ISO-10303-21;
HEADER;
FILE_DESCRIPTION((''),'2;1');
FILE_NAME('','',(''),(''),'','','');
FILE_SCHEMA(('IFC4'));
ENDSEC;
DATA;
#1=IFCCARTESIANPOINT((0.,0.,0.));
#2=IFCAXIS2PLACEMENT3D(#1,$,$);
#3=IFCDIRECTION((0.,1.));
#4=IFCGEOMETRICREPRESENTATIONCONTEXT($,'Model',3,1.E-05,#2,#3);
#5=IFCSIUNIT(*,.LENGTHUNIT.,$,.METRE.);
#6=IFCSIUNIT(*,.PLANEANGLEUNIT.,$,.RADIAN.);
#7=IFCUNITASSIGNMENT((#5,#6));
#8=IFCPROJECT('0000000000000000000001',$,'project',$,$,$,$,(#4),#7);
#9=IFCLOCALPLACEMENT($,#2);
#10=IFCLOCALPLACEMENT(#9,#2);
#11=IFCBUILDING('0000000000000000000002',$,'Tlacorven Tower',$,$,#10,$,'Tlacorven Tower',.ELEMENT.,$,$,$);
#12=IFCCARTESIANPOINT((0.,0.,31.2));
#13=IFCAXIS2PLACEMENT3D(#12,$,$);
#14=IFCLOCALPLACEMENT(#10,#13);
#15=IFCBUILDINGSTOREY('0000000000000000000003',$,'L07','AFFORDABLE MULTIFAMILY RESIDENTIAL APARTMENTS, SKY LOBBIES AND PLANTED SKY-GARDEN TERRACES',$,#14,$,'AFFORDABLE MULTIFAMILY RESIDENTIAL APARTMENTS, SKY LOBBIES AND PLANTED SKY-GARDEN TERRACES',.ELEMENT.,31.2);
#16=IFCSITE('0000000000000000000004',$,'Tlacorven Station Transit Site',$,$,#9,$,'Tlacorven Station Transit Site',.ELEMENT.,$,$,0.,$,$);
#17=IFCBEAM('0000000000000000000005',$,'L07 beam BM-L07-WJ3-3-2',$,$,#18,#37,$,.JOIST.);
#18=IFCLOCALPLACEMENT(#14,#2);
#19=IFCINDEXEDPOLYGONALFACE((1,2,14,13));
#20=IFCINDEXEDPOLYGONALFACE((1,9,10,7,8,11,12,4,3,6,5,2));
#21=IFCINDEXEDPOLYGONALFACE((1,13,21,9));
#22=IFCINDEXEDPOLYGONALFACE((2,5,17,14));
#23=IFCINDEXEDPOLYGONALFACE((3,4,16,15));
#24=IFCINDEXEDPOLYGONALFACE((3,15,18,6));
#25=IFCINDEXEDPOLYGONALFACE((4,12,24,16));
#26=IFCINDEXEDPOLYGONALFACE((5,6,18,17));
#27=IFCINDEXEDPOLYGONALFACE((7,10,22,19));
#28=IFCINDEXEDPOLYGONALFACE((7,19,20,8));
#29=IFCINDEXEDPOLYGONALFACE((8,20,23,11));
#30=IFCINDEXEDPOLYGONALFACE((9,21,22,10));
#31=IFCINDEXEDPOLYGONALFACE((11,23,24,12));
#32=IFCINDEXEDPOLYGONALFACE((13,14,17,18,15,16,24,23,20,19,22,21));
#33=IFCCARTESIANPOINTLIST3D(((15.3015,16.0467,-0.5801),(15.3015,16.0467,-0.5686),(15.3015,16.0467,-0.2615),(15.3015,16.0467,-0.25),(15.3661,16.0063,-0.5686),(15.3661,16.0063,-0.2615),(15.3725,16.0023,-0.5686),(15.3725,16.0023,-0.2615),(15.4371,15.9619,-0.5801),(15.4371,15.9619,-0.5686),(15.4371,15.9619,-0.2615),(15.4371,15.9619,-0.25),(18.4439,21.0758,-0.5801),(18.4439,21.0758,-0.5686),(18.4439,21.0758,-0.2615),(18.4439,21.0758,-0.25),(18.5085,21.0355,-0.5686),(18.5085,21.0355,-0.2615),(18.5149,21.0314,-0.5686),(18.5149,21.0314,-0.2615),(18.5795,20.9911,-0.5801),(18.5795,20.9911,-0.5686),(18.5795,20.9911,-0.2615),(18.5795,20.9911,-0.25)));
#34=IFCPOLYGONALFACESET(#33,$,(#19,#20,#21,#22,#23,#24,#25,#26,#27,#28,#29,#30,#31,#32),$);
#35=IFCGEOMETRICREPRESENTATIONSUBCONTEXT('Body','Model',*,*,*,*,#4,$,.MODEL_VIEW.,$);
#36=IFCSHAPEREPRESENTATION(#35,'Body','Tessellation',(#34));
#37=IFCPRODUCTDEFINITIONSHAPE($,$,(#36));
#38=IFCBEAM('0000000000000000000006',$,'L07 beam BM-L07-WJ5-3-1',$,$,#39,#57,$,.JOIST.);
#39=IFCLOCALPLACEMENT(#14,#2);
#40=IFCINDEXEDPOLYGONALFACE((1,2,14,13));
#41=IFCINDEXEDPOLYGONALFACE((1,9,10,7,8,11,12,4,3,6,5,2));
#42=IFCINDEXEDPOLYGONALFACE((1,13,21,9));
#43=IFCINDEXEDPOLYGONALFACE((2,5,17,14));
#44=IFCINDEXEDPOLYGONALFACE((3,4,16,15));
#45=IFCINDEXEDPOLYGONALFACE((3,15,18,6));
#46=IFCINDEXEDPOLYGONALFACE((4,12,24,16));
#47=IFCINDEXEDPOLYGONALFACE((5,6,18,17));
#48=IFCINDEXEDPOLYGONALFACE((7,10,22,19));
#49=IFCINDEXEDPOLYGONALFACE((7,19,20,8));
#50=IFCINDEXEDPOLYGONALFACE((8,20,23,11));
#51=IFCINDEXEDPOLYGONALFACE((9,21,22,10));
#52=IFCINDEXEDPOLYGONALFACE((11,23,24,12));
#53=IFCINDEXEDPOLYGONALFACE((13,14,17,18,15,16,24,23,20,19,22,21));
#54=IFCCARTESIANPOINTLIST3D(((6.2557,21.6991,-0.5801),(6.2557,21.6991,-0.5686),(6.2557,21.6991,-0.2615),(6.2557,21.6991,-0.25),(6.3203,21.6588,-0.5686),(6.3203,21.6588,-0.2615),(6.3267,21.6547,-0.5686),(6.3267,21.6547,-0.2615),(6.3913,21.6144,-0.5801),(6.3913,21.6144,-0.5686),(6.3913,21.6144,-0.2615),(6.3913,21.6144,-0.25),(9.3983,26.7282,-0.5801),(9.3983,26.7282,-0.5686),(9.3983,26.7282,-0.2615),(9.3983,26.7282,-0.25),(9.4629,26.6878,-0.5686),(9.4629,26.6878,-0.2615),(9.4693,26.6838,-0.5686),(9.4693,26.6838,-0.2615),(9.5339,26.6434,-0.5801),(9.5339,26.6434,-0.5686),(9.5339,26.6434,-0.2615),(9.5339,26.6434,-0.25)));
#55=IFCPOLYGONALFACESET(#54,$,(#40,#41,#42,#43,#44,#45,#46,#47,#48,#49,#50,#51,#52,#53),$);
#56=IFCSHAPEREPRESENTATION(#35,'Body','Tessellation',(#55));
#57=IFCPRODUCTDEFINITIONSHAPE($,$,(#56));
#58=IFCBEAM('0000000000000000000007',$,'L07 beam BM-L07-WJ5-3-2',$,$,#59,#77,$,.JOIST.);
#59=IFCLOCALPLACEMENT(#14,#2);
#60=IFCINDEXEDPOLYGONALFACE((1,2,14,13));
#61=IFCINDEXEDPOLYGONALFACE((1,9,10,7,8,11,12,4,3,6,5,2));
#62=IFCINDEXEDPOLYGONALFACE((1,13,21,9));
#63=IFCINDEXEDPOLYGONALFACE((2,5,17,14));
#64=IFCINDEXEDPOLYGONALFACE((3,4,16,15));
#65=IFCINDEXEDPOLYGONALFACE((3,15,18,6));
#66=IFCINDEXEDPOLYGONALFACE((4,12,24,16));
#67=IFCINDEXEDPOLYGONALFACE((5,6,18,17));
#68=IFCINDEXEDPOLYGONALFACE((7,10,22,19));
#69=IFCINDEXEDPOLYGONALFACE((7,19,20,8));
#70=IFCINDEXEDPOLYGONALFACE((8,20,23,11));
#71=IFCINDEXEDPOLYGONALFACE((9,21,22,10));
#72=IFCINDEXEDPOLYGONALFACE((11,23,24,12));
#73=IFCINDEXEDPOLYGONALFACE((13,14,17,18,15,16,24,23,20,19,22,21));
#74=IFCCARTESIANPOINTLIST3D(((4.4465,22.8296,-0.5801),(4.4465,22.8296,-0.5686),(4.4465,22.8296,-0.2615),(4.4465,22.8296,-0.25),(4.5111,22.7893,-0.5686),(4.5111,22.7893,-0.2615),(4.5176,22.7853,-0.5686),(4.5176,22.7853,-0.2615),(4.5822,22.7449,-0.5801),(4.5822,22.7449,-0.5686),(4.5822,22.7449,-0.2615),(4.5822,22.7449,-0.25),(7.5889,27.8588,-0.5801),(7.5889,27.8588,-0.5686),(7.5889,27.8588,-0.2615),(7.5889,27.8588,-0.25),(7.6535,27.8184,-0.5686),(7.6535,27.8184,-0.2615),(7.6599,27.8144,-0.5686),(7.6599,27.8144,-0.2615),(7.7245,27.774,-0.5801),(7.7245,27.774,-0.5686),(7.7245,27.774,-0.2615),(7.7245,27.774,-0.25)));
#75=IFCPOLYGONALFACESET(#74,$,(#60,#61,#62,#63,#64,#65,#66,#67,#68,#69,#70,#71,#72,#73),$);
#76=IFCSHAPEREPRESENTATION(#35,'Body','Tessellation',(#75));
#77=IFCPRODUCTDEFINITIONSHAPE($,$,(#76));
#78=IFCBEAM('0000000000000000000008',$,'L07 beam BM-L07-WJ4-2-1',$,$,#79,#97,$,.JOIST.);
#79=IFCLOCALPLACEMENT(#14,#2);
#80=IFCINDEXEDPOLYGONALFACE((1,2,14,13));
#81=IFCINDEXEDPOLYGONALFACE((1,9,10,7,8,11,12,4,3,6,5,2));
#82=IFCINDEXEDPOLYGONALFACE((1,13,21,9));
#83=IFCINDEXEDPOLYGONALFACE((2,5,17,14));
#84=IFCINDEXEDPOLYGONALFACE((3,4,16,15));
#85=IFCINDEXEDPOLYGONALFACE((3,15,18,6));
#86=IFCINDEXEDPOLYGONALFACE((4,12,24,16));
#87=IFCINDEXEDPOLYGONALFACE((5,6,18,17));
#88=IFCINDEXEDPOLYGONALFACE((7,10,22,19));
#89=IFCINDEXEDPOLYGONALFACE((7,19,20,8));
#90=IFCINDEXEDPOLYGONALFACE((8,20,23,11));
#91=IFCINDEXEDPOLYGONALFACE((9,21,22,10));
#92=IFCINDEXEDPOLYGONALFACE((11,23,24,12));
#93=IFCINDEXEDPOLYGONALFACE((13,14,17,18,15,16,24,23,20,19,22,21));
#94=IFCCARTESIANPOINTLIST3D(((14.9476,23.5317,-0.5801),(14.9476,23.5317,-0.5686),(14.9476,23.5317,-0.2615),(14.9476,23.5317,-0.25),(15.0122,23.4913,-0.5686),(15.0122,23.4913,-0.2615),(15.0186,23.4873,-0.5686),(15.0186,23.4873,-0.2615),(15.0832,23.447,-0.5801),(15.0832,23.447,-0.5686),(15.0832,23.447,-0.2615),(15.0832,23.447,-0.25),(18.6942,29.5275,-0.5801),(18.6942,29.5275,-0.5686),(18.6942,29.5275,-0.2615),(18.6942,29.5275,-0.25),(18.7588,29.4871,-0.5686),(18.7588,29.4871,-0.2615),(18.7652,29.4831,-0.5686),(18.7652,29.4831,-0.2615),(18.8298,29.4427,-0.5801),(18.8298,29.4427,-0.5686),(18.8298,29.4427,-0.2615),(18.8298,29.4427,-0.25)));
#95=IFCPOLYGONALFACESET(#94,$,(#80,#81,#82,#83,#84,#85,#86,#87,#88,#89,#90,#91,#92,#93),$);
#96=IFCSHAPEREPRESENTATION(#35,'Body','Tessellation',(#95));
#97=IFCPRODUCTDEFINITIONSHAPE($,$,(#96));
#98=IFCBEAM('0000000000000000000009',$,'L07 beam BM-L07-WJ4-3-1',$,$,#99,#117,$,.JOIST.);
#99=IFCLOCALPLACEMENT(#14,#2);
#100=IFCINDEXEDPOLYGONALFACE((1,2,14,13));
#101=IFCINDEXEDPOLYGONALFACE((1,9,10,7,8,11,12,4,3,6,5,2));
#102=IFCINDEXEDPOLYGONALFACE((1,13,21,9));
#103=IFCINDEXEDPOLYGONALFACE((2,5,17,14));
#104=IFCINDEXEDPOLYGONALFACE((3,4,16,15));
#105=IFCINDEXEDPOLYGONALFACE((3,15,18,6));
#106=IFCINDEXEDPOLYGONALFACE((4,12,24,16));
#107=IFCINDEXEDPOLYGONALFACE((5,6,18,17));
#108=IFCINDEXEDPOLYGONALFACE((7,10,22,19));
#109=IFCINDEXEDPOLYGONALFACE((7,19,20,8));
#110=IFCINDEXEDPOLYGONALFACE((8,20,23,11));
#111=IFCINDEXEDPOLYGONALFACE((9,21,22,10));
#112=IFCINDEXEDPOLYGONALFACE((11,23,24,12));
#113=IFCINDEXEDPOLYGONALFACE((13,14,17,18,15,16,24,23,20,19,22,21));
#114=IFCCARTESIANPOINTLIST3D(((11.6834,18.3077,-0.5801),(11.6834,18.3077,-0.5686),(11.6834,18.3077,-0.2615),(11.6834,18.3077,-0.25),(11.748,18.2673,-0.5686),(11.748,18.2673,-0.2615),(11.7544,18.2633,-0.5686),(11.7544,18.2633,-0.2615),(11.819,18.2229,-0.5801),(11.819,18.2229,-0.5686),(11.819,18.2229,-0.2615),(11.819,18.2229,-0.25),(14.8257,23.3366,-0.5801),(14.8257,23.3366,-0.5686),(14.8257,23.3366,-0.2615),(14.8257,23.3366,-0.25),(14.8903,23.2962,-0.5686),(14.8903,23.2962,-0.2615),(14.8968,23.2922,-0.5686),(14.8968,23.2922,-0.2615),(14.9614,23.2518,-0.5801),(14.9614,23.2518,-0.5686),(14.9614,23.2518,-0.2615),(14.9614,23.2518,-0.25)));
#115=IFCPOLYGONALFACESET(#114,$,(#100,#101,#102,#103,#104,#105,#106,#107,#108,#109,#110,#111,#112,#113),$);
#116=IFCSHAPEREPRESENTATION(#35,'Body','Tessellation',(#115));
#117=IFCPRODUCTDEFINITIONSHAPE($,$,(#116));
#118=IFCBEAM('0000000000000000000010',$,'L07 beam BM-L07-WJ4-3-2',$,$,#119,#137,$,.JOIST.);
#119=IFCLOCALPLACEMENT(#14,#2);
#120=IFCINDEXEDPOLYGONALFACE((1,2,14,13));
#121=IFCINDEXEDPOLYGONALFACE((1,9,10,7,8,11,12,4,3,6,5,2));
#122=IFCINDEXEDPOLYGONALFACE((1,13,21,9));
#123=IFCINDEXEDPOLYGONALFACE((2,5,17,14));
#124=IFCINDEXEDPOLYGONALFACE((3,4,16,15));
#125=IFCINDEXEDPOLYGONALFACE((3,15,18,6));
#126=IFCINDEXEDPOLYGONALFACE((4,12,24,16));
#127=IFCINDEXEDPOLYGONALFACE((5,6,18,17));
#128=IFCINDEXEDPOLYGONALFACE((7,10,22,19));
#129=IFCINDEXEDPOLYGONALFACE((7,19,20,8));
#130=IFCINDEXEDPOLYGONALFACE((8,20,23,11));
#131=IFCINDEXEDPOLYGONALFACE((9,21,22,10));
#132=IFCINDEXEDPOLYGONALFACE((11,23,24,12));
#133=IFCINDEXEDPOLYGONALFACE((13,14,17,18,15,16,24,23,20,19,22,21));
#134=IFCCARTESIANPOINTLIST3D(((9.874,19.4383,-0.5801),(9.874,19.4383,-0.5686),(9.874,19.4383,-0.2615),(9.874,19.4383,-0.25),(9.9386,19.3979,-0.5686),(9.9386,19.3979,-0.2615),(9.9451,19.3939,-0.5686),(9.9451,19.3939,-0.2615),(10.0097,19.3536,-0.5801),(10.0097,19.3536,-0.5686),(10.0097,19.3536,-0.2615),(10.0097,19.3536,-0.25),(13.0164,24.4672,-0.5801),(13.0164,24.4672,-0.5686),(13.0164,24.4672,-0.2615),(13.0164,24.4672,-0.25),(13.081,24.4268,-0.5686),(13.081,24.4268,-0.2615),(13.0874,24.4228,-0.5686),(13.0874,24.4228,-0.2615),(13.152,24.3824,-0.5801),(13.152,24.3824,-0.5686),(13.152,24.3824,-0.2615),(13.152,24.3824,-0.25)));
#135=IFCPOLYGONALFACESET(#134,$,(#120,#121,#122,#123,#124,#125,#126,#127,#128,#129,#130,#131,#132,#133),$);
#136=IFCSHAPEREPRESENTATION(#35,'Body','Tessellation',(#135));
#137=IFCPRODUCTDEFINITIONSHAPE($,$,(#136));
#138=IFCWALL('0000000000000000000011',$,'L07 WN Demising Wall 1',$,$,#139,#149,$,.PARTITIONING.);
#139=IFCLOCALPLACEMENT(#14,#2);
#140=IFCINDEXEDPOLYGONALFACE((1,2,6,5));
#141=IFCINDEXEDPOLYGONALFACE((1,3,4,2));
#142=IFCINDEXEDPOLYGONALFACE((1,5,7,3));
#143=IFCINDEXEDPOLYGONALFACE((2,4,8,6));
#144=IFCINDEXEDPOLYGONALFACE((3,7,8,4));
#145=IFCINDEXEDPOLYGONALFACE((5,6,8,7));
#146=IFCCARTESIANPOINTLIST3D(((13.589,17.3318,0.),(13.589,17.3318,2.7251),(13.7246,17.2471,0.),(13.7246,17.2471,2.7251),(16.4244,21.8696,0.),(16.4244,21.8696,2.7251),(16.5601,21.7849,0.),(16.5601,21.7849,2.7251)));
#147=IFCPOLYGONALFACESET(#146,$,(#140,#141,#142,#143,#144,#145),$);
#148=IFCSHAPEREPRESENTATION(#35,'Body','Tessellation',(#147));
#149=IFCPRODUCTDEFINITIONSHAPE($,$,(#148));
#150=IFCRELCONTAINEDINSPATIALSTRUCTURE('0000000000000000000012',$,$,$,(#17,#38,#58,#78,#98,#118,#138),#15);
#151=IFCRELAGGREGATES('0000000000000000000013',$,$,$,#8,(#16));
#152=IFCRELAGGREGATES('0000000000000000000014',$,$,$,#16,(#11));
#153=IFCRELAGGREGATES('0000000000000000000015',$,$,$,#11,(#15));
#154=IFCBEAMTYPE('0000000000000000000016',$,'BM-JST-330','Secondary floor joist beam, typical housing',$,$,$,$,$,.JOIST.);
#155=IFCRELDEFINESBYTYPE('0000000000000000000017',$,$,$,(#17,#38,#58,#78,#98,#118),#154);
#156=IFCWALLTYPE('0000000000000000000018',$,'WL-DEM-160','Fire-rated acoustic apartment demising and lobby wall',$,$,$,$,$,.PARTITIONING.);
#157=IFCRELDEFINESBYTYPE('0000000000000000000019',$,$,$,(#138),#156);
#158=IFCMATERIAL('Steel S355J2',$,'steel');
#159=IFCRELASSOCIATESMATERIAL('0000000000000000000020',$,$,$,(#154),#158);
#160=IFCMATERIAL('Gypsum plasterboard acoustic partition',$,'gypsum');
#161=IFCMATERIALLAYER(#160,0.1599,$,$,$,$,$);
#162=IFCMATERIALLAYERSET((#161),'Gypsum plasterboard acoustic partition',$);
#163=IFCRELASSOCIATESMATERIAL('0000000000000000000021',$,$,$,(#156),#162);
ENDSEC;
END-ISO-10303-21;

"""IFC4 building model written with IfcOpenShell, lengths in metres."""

from ifc_helpers import new_model, si_unit, direction, frame, frame_2d, origin, origin_2d, place, context, subcontext, project, spatial, rectangle, i_section, extrude, source, transform, mapped, material, layer, layer_set, material_profile, profile_set, type_object, element, save


model = new_model("IFC4")

# Units and contexts
model_context = context("Model", 3, precision=1e-05, world=origin(), true_north=direction((0.0, 1.0)))
body_context = subcontext(model_context, "Body", "Model", "MODEL_VIEW")
ifc_project = project(units=[si_unit("LENGTHUNIT", "METRE"), si_unit("PLANEANGLEUNIT", "RADIAN")], contexts=[model_context])

# Site, building, storey
site_placement = place(None, origin())
site = spatial("IfcSite", under=ifc_project, at=site_placement, Name="Tlacorven Station Transit Site", LongName="Tlacorven Station Transit Site", CompositionType="ELEMENT", RefElevation=0.0)
building_placement = place(site_placement, origin())
building = spatial("IfcBuilding", under=site, at=building_placement, Name="Tlacorven Tower", LongName="Tlacorven Tower", CompositionType="ELEMENT")
storey_placement = place(building_placement, frame((0.0, 0.0, 31.2)))
storey = spatial("IfcBuildingStorey", under=building, at=storey_placement, Name="L07", Description="AFFORDABLE MULTIFAMILY RESIDENTIAL APARTMENTS, SKY LOBBIES AND PLANTED SKY-GARDEN TERRACES", LongName="AFFORDABLE MULTIFAMILY RESIDENTIAL APARTMENTS, SKY LOBBIES AND PLANTED SKY-GARDEN TERRACES", CompositionType="ELEMENT", Elevation=31.2)

# Beams
ifc_material_1 = material(Name="Steel S355J2", Category="steel")
ifc_material_profile_1 = material_profile(ifc_material_1, i_section(OverallWidth=0.1599, OverallDepth=0.3301, WebThickness=0.0076, FlangeThickness=0.0115, at=origin_2d()), Name="IPE 330")
ifc_profile_set_1 = profile_set([ifc_material_profile_1], Name="Steel S355J2")
beam_type_1 = type_object("IfcBeamType", Name="BM-JST-330", Description="Secondary floor joist beam, typical housing", PredefinedType="JOIST", material=ifc_profile_set_1)
shared_shape_1 = source(origin(), body_context, "Body", "SweptSolid", [
    extrude(i_section(OverallWidth=0.1599, OverallDepth=0.3301, WebThickness=0.0076, FlangeThickness=0.0115, at=origin_2d()), origin(), (0.0, 0.0, 1.0), 5.9302),
])
for number, where, z_axis, x_axis, name in (
    (1, (18.5117, 21.0334, -0.415), (-0.529899, -0.848061, 0.0), (0.848061, -0.529899, 0.0), "L07 beam BM-L07-WJ3-3-2"),
    (2, (9.4661, 26.6858, -0.415), (-0.529929, -0.848042, 0.0), (0.848042, -0.529929, 0.0), "L07 beam BM-L07-WJ5-3-1"),
    (3, (7.6567, 27.8164, -0.415), (-0.529899, -0.848061, 0.0), (0.848061, -0.529899, 0.0), "L07 beam BM-L07-WJ5-3-2"),
):
    element("IfcBeam", number, at=place(storey_placement, frame(where, z_axis=z_axis, x_axis=x_axis)), inside=storey, type_object=beam_type_1, Name=name, PredefinedType="JOIST", context=body_context, shape_type="MappedRepresentation", body=[
        mapped(shared_shape_1, transform((0.0, 0.0, 0.0), scale=1.0)),
    ])
shared_shape_2 = source(origin(), body_context, "Body", "SweptSolid", [
    extrude(i_section(OverallWidth=0.1599, OverallDepth=0.3301, WebThickness=0.0076, FlangeThickness=0.0115, at=origin_2d()), origin(), (0.0, 0.0, 1.0), 7.0701),
])
beam_placement = place(storey_placement, frame((18.762, 29.4851, -0.415), z_axis=(-0.529915, -0.848051, 0.0), x_axis=(0.848051, -0.529915, 0.0)))
element("IfcBeam", 4, at=beam_placement, inside=storey, type_object=beam_type_1, Name="L07 beam BM-L07-WJ4-2-1", PredefinedType="JOIST", context=body_context, shape_type="MappedRepresentation", body=[
    mapped(shared_shape_2, transform((0.0, 0.0, 0.0), scale=1.0)),
])
shared_shape_3 = source(origin(), body_context, "Body", "SweptSolid", [
    extrude(i_section(OverallWidth=0.1599, OverallDepth=0.3301, WebThickness=0.0076, FlangeThickness=0.0115, at=origin_2d()), origin(), (0.0, 0.0, 1.0), 5.9299),
])
for number, where, z_axis, x_axis, name in (
    (5, (14.8936, 23.2942, -0.415), (-0.529918, -0.848049, 0.0), (0.848049, -0.529918, 0.0), "L07 beam BM-L07-WJ4-3-1"),
    (6, (13.0842, 24.4248, -0.415), (-0.529918, -0.848049, 0.0), (0.848049, -0.529918, 0.0), "L07 beam BM-L07-WJ4-3-2"),
):
    element("IfcBeam", number, at=place(storey_placement, frame(where, z_axis=z_axis, x_axis=x_axis)), inside=storey, type_object=beam_type_1, Name=name, PredefinedType="JOIST", context=body_context, shape_type="MappedRepresentation", body=[
        mapped(shared_shape_3, transform((0.0, 0.0, 0.0), scale=1.0)),
    ])

# Wall
ifc_material_2 = material(Name="Gypsum plasterboard acoustic partition", Category="gypsum")
ifc_layer_1 = layer(ifc_material_2, 0.1599)
ifc_layer_set_1 = layer_set([ifc_layer_1], Name="Gypsum plasterboard acoustic partition")
wall_type_1 = type_object("IfcWallType", Name="WL-DEM-160", Description="Fire-rated acoustic apartment demising and lobby wall", PredefinedType="PARTITIONING", material=ifc_layer_set_1)
wall_1_placement = place(storey_placement, frame((16.4922, 21.8271, 0.0), z_axis=(0.0, 0.0, 1.0), x_axis=(-0.529905, -0.848057, 0.0)))
element("IfcWall", 7, at=wall_1_placement, inside=storey, type_object=wall_type_1, Name="L07 WN Demising Wall 1", PredefinedType="PARTITIONING", context=body_context, shape_type="SweptSolid", body=[
    extrude(rectangle(XDim=5.3508, YDim=0.1599, at=frame_2d((2.6753, 0.0))), origin(), (0.0, 0.0, 1.0), 2.7251),
])

save(model, "model.ifc")
